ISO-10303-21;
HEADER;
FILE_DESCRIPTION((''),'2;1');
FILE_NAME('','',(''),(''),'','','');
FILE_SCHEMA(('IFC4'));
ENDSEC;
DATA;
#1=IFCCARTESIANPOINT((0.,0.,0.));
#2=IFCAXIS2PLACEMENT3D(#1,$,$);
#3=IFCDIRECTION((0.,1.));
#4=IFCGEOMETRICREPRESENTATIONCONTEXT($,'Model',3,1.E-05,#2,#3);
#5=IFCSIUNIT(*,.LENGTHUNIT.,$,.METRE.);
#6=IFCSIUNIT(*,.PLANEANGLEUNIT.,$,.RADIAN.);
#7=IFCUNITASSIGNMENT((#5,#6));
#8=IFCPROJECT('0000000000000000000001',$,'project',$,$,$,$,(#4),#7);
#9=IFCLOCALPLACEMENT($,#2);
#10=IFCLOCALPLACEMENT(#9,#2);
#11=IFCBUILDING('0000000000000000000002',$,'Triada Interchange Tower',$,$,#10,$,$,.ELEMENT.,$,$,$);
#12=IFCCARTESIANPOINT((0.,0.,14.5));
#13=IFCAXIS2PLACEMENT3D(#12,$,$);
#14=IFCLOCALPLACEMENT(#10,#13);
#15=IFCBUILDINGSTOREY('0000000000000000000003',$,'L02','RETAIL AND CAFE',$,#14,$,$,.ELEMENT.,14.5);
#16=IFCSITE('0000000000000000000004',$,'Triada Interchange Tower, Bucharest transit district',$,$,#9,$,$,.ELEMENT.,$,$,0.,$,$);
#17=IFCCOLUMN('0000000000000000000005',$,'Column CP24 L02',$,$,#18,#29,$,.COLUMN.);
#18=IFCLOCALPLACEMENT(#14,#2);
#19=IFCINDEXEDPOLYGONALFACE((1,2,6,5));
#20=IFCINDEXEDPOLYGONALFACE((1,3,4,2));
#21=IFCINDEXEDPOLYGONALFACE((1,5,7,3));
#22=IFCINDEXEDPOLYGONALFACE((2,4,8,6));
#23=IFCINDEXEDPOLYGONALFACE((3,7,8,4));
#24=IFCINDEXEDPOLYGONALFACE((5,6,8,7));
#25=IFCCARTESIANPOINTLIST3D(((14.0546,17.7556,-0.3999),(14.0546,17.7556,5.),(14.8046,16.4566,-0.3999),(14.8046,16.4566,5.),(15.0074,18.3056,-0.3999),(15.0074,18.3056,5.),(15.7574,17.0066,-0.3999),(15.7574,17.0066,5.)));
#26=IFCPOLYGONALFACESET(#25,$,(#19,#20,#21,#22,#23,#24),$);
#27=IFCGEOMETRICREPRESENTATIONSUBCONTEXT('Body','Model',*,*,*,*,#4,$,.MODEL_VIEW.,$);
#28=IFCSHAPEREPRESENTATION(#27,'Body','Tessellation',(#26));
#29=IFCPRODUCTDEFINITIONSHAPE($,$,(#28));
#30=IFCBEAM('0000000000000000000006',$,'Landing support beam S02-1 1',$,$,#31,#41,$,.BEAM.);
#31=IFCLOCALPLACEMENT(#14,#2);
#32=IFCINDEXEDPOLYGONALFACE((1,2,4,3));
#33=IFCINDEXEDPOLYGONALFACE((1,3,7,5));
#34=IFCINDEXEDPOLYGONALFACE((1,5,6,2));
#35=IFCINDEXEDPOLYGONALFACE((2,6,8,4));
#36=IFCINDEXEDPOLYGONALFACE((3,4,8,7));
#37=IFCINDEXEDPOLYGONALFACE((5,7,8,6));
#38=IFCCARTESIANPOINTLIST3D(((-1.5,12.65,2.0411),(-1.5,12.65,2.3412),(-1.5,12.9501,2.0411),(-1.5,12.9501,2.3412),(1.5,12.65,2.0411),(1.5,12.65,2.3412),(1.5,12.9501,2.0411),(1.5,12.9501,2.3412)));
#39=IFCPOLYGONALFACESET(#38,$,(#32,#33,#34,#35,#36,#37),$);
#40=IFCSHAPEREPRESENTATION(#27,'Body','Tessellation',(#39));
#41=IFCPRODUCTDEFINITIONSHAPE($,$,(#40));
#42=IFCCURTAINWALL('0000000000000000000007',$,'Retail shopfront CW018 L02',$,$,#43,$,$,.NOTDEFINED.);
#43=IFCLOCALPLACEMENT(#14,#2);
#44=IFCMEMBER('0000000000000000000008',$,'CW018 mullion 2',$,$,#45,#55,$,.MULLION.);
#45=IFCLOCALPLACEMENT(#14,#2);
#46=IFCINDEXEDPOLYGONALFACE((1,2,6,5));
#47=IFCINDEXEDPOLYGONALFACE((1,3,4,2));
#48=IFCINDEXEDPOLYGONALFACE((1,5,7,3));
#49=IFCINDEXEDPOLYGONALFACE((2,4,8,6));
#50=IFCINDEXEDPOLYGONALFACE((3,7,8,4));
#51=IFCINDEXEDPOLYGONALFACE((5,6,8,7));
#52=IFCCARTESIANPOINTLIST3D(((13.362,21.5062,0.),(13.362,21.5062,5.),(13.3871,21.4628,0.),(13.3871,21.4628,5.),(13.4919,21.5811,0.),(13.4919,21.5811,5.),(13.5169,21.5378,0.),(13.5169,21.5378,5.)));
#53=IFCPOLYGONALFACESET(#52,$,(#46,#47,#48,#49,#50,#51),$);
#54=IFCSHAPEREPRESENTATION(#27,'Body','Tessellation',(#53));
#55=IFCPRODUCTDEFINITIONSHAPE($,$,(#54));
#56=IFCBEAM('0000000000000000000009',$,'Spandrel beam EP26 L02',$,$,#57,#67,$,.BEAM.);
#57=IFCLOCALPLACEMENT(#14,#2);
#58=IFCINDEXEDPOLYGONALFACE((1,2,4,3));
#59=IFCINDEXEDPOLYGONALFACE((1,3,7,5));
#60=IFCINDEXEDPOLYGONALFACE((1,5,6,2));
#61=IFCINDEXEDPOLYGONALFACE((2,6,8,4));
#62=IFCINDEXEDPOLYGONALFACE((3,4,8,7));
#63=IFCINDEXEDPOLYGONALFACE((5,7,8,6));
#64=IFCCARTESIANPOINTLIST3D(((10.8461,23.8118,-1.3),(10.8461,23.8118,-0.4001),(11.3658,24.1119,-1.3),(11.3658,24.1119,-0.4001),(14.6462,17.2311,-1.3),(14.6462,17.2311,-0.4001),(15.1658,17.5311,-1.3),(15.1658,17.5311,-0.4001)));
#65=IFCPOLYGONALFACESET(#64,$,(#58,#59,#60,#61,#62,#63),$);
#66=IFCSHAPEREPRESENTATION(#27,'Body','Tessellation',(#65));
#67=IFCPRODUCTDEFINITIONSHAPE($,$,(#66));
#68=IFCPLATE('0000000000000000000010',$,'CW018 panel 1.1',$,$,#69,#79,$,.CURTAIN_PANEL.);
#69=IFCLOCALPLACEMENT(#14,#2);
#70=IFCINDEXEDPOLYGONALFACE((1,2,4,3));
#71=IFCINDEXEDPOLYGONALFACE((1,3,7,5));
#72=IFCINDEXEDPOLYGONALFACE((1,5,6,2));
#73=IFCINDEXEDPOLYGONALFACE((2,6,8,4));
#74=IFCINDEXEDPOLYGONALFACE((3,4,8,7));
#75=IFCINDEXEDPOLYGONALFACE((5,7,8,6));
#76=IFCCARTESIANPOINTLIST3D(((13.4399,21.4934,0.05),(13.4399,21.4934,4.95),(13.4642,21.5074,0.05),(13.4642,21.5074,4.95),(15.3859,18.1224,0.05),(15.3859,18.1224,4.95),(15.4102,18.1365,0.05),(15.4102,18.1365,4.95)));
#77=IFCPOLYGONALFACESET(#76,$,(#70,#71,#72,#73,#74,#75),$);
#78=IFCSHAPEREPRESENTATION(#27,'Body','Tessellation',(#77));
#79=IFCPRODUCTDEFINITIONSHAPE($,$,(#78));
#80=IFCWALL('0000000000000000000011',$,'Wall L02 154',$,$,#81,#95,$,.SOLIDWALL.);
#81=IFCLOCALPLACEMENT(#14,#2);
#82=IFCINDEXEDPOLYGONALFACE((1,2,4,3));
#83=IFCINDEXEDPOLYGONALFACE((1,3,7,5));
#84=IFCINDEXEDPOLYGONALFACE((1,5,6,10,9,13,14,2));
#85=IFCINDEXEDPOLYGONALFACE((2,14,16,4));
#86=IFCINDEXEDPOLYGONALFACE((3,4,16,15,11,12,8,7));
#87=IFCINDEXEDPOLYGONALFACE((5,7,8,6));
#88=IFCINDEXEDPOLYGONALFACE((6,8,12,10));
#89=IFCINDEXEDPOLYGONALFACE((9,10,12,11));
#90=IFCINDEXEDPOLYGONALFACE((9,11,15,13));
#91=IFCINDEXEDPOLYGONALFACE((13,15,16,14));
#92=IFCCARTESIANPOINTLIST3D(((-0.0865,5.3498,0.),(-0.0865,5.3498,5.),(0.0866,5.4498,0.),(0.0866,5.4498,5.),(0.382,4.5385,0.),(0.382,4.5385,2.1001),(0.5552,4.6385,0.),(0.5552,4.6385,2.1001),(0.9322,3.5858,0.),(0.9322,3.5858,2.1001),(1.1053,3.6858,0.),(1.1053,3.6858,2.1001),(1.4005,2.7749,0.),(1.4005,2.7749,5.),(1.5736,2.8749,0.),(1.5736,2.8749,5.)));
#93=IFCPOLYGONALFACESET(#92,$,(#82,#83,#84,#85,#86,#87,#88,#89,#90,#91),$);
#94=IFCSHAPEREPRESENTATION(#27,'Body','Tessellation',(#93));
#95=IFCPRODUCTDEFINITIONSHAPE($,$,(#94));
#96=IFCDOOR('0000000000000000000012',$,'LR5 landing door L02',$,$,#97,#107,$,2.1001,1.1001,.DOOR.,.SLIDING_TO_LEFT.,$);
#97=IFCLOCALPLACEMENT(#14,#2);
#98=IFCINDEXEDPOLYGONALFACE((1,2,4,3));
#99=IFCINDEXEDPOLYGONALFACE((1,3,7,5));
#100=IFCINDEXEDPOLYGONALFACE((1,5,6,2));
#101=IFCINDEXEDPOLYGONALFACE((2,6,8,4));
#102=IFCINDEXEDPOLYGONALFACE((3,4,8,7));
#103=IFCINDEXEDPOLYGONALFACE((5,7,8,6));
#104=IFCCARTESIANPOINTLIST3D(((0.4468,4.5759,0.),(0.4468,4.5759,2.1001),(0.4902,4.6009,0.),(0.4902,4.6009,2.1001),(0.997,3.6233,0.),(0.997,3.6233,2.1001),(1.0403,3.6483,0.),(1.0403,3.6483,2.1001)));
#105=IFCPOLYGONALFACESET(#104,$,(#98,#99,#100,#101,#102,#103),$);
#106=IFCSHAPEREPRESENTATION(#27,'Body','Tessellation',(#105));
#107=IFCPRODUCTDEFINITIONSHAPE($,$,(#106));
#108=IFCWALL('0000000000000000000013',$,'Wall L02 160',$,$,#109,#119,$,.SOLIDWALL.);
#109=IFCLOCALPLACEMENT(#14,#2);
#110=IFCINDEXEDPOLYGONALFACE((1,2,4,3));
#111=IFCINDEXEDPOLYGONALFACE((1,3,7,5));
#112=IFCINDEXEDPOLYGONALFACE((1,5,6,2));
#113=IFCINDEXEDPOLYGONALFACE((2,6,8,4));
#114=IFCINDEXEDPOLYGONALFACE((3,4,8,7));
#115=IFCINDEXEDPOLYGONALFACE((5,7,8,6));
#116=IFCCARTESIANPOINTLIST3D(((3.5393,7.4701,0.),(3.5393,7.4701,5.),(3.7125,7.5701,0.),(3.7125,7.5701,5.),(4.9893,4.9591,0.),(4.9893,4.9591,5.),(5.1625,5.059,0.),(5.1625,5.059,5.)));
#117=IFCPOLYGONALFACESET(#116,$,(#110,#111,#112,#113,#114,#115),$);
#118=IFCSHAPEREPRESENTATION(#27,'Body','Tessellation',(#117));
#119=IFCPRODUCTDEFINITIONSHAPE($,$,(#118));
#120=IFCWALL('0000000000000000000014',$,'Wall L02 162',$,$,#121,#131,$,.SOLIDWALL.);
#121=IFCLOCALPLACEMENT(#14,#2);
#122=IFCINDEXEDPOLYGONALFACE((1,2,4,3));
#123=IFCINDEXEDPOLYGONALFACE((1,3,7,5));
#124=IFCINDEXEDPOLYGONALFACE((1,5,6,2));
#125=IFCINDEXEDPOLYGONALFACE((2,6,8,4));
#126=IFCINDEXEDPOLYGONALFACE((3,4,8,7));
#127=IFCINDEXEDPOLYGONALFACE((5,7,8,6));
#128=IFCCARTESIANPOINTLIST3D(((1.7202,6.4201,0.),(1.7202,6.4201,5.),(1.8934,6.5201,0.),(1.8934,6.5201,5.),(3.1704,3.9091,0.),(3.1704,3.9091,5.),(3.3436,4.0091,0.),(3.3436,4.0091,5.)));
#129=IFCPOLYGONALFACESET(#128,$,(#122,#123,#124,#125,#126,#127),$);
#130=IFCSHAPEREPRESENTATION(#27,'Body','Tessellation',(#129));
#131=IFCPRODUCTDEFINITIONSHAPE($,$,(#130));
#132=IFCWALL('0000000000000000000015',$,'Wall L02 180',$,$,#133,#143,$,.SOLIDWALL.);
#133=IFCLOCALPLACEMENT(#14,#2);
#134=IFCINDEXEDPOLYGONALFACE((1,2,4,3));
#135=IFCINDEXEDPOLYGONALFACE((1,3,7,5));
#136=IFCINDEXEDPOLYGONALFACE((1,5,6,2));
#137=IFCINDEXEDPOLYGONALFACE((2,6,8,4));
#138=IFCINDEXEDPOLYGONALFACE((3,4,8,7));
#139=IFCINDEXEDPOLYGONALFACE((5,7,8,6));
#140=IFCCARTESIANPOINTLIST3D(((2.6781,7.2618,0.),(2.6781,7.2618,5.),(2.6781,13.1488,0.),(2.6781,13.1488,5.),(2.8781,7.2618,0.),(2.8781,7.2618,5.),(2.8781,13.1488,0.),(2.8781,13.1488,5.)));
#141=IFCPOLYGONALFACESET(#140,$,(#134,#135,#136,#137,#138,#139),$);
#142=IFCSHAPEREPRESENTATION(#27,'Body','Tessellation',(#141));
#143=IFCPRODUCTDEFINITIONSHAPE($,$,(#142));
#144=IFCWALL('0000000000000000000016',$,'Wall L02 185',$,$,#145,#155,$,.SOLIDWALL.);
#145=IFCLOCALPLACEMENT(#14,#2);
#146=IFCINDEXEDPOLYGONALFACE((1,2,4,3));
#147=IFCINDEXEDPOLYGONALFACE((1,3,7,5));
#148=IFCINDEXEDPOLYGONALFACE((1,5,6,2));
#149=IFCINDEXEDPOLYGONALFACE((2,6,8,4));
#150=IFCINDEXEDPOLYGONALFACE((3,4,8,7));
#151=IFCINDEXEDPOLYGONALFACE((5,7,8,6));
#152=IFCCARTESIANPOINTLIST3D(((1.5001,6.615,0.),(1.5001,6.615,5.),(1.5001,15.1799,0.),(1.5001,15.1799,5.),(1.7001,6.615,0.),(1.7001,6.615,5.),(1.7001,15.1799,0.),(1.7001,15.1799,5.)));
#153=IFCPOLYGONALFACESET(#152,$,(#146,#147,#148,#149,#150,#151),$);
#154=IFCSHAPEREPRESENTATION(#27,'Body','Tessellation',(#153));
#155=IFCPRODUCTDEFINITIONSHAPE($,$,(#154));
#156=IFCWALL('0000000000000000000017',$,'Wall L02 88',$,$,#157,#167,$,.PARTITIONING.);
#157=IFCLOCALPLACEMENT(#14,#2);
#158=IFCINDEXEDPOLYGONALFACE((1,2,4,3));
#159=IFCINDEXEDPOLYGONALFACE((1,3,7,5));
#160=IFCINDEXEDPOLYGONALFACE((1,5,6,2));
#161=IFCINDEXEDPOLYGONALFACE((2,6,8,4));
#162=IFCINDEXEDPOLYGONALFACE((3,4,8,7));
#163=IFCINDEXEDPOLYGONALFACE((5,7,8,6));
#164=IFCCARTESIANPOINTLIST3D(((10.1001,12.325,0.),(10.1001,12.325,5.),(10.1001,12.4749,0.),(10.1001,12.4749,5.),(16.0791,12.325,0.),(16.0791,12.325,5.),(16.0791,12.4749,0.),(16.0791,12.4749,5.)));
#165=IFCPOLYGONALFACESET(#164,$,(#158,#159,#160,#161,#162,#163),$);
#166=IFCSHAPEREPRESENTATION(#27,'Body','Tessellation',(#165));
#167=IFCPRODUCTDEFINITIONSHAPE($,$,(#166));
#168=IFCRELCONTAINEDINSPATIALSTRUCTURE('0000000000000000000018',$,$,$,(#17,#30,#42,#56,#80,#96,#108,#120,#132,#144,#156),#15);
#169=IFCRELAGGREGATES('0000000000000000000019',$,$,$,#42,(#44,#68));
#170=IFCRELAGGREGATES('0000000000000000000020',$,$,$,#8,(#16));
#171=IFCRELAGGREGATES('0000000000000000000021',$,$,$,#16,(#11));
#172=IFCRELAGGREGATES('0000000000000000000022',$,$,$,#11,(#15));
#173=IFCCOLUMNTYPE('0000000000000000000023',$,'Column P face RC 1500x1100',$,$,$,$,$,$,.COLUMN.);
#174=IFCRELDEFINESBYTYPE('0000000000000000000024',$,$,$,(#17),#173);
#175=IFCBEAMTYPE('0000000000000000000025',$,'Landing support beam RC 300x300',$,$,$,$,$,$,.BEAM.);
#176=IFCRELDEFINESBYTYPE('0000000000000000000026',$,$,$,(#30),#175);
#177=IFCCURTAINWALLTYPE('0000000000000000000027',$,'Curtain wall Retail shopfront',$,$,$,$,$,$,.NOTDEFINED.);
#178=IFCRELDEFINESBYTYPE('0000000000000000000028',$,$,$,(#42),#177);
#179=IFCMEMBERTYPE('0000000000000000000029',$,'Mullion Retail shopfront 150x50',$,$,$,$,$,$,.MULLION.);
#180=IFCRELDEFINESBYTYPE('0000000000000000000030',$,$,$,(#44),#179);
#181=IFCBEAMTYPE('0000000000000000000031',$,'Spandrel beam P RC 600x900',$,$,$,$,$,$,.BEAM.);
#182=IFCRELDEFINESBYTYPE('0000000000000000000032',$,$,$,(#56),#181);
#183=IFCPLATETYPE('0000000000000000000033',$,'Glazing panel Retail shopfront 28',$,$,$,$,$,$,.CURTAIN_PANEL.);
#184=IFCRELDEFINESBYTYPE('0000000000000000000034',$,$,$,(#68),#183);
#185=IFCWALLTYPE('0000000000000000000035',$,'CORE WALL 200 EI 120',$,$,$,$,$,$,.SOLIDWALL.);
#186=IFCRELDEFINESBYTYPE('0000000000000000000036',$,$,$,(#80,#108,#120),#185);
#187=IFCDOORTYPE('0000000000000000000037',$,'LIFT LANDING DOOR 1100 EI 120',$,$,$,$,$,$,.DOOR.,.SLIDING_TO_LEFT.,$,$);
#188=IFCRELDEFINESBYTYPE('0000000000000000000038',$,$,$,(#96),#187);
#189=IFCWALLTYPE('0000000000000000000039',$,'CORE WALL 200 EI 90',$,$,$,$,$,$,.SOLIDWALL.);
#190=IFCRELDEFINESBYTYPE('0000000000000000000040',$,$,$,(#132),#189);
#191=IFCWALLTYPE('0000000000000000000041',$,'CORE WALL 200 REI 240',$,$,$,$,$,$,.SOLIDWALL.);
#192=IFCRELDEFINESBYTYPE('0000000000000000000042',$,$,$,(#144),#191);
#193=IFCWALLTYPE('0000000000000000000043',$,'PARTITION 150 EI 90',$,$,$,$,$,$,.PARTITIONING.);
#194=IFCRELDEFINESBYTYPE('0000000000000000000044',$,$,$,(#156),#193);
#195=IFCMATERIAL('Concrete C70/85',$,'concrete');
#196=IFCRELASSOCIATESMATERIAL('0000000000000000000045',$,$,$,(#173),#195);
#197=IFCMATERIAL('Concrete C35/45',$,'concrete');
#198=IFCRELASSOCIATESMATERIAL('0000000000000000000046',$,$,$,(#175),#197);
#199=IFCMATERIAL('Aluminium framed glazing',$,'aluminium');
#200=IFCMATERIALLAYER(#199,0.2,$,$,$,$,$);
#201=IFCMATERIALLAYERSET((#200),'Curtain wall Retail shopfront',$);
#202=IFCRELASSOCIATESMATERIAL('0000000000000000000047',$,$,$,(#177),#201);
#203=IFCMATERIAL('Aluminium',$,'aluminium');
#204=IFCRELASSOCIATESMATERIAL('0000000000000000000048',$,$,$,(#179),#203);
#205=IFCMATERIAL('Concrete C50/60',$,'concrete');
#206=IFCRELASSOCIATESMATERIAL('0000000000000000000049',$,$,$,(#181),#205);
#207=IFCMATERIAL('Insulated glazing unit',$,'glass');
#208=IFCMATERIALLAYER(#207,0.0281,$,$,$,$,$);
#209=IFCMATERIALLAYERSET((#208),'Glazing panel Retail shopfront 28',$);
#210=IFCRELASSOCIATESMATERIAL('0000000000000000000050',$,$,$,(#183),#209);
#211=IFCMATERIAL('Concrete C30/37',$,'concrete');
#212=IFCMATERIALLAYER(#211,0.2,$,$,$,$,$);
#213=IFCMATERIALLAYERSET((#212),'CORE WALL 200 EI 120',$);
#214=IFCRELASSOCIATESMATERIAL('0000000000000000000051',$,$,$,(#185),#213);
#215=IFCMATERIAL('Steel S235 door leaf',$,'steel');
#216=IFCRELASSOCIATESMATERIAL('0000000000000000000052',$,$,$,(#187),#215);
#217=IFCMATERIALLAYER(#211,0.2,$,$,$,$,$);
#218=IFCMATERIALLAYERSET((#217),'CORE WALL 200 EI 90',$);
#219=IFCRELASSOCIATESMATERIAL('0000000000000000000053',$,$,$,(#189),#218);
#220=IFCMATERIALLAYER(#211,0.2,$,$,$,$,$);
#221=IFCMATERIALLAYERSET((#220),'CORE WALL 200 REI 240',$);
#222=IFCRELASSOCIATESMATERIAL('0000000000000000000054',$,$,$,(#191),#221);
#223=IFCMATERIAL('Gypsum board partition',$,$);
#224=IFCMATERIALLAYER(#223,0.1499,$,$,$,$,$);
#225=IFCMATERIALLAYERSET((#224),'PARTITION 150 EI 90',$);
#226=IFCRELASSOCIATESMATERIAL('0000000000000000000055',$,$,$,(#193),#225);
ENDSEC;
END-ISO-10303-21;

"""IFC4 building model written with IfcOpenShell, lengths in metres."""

from ifc_helpers import new_model, si_unit, direction, frame, frame_2d, origin, origin_2d, place, context, subcontext, project, spatial, rectangle, extrude, material, layer, layer_set, material_profile, profile_set, type_object, element, fill, aggregate, save


model = new_model("IFC4")

# Units and contexts
model_context = context("Model", 3, precision=1e-05, world=origin(), true_north=direction((0.0, 1.0)))
body_context = subcontext(model_context, "Body", "Model", "MODEL_VIEW")
ifc_project = project(units=[si_unit("LENGTHUNIT", "METRE"), si_unit("PLANEANGLEUNIT", "RADIAN")], contexts=[model_context])

# Site, building, storey
site_placement = place(None, origin())
site = spatial("IfcSite", under=ifc_project, at=site_placement, Name="Triada Interchange Tower, Bucharest transit district", CompositionType="ELEMENT", RefElevation=0.0)
building_placement = place(site_placement, origin())
building = spatial("IfcBuilding", under=site, at=building_placement, Name="Triada Interchange Tower", CompositionType="ELEMENT")
storey_placement = place(building_placement, frame((0.0, 0.0, 14.5)))
storey = spatial("IfcBuildingStorey", under=building, at=storey_placement, Name="L02", Description="RETAIL AND CAFE", CompositionType="ELEMENT", Elevation=14.5)

# Column
ifc_material_1 = material(Name="Concrete C70/85", Category="concrete")
ifc_material_profile_1 = material_profile(ifc_material_1, rectangle(XDim=1.5, YDim=1.1001, at=origin_2d()), Name="RC 1500x1100")
ifc_profile_set_1 = profile_set([ifc_material_profile_1], Name="Concrete C70/85")
column_type = type_object("IfcColumnType", Name="Column P face RC 1500x1100", PredefinedType="COLUMN", material=ifc_profile_set_1)
column_placement = place(storey_placement, frame((14.906, 17.3811, -0.3999), z_axis=(0.0, 0.0, 1.0), x_axis=(-0.5, 0.866025, 0.0)))
element("IfcColumn", 1, at=column_placement, inside=storey, type_object=column_type, Name="Column CP24 L02", PredefinedType="COLUMN", context=body_context, shape_type="SweptSolid", body=[
    extrude(rectangle(XDim=1.5, YDim=1.1001, at=origin_2d()), origin(), (0.0, 0.0, 1.0), 5.3999),
])

# Beam
ifc_material_2 = material(Name="Concrete C35/45", Category="concrete")
ifc_material_profile_2 = material_profile(ifc_material_2, rectangle(XDim=0.3, YDim=0.3, at=origin_2d()), Name="RC 300x300")
ifc_profile_set_2 = profile_set([ifc_material_profile_2], Name="Concrete C35/45")
beam_type_1 = type_object("IfcBeamType", Name="Landing support beam RC 300x300", PredefinedType="BEAM", material=ifc_profile_set_2)
beam_1_placement = place(storey_placement, frame((1.5, 12.8, 2.1912), z_axis=(-1.0, 0.0, 0.0), x_axis=(0.0, -1.0, 0.0)))
element("IfcBeam", 2, at=beam_1_placement, inside=storey, type_object=beam_type_1, Name="Landing support beam S02-1 1", PredefinedType="BEAM", context=body_context, shape_type="SweptSolid", body=[
    extrude(rectangle(XDim=0.3, YDim=0.3, at=origin_2d()), origin(), (0.0, 0.0, 1.0), 3.0),
])

# Curtain wall, member
ifc_material_3 = material(Name="Aluminium framed glazing", Category="aluminium")
ifc_layer_1 = layer(ifc_material_3, 0.2)
ifc_layer_set_1 = layer_set([ifc_layer_1], Name="Curtain wall Retail shopfront")
curtain_wall_type = type_object("IfcCurtainWallType", Name="Curtain wall Retail shopfront", PredefinedType="NOTDEFINED", material=ifc_layer_set_1)
curtain_wall_placement = place(storey_placement, origin())
curtain_wall = element("IfcCurtainWall", 3, at=curtain_wall_placement, inside=storey, type_object=curtain_wall_type, Name="Retail shopfront CW018 L02", PredefinedType="NOTDEFINED")
ifc_material_4 = material(Name="Aluminium", Category="aluminium")
ifc_material_profile_3 = material_profile(ifc_material_4, rectangle(XDim=0.1499, YDim=0.05, at=origin_2d()), Name="Aluminium mullion")
ifc_profile_set_3 = profile_set([ifc_material_profile_3], Name="Aluminium")
member_type = type_object("IfcMemberType", Name="Mullion Retail shopfront 150x50", PredefinedType="MULLION", material=ifc_profile_set_3)
member_placement = place(storey_placement, frame((13.4395, 21.522, 0.0), z_axis=(0.0, 0.0, 1.0), x_axis=(-0.866055, -0.499948, 0.0)))
member = element("IfcMember", 4, at=member_placement, type_object=member_type, Name="CW018 mullion 2", PredefinedType="MULLION", context=body_context, shape_type="SweptSolid", body=[
    extrude(rectangle(XDim=0.1499, YDim=0.05, at=origin_2d()), origin(), (0.0, 0.0, 1.0), 5.0),
])

# Beam
ifc_material_5 = material(Name="Concrete C50/60", Category="concrete")
ifc_material_profile_4 = material_profile(ifc_material_5, rectangle(XDim=0.6001, YDim=0.8999, at=origin_2d()), Name="RC 600x900")
ifc_profile_set_4 = profile_set([ifc_material_profile_4], Name="Concrete C50/60")
beam_type_2 = type_object("IfcBeamType", Name="Spandrel beam P RC 600x900", PredefinedType="BEAM", material=ifc_profile_set_4)
beam_2_placement = place(storey_placement, frame((14.906, 17.3811, -0.8501), z_axis=(-0.500061, 0.86599, 0.0), x_axis=(-0.86599, -0.500061, 0.0)))
element("IfcBeam", 5, at=beam_2_placement, inside=storey, type_object=beam_type_2, Name="Spandrel beam EP26 L02", PredefinedType="BEAM", context=body_context, shape_type="SweptSolid", body=[
    extrude(rectangle(XDim=0.6001, YDim=0.8999, at=origin_2d()), origin(), (0.0, 0.0, 1.0), 7.5991),
])

# Plate
ifc_material_6 = material(Name="Insulated glazing unit", Category="glass")
ifc_layer_2 = layer(ifc_material_6, 0.0281)
ifc_layer_set_2 = layer_set([ifc_layer_2], Name="Glazing panel Retail shopfront 28")
plate_type = type_object("IfcPlateType", Name="Glazing panel Retail shopfront 28", PredefinedType="CURTAIN_PANEL", material=ifc_layer_set_2)
plate_placement = place(storey_placement, frame((14.425, 19.8149, 0.05), z_axis=(0.0, 0.0, 1.0), x_axis=(-0.499948, 0.866055, 0.0)))
plate = element("IfcPlate", 6, at=plate_placement, type_object=plate_type, Name="CW018 panel 1.1", PredefinedType="CURTAIN_PANEL", context=body_context, shape_type="SweptSolid", body=[
    extrude(rectangle(XDim=3.8923, YDim=0.0281, at=origin_2d()), origin(), (0.0, 0.0, 1.0), 4.8999),
])
aggregate(curtain_wall, [member, plate])

# Wall, opening, door
ifc_material_7 = material(Name="Concrete C30/37", Category="concrete")
ifc_layer_3 = layer(ifc_material_7, 0.2)
ifc_layer_set_3 = layer_set([ifc_layer_3], Name="CORE WALL 200 EI 120")
wall_type_1 = type_object("IfcWallType", Name="CORE WALL 200 EI 120", PredefinedType="SOLIDWALL", material=ifc_layer_set_3)
wall_1_placement = place(storey_placement, frame((0.0, 5.3999, 0.0), z_axis=(0.0, 0.0, 1.0), x_axis=(0.500104, -0.865965, 0.0)))
wall_1 = element("IfcWall", 7, at=wall_1_placement, inside=storey, type_object=wall_type_1, Name="Wall L02 154", PredefinedType="SOLIDWALL", context=body_context, shape_type="SweptSolid", body=[
    extrude(rectangle(XDim=2.9734, YDim=0.2, at=frame_2d((1.4868, 0.0))), origin(), (0.0, 0.0, 1.0), 5.0),
])
opening_1_placement = place(wall_1_placement, frame((0.937, 0.0, 0.0)))
opening_1 = element("IfcOpeningElement", 8, at=opening_1_placement, cuts=wall_1, PredefinedType="OPENING", context=body_context, shape_type="SweptSolid", body=[
    extrude(rectangle(XDim=1.1001, YDim=2.1001, at=frame_2d((0.55, 1.05))), frame((0.0, 0.1099, 0.0), z_axis=(0.0, -1.0, 0.0), x_axis=(1.0, 0.0, 0.0)), (0.0, 0.0, 1.0), 0.22),
])
ifc_material_8 = material(Name="Steel S235 door leaf", Category="steel")
door_type_1 = type_object("IfcDoorType", Name="LIFT LANDING DOOR 1100 EI 120", OperationType="SLIDING_TO_LEFT", PredefinedType="DOOR", material=ifc_material_8)
door_1_placement = place(opening_1_placement, origin())
door_1 = element("IfcDoor", 9, at=door_1_placement, inside=storey, type_object=door_type_1, Name="LR5 landing door L02", OperationType="SLIDING_TO_LEFT", OverallHeight=2.1001, OverallWidth=1.1001, PredefinedType="DOOR", context=body_context, shape_type="SweptSolid", body=[
    extrude(rectangle(XDim=1.1001, YDim=2.1001, at=frame_2d((0.55, 1.05))), frame((0.0, 0.0249, 0.0), z_axis=(0.0, -1.0, 0.0), x_axis=(1.0, 0.0, 0.0)), (0.0, 0.0, 1.0), 0.05),
])
fill(opening_1, door_1)

# Walls
for number, where, z_axis, x_axis, name in (
    (10, (3.626, 7.52, 0.0), (0.0, 0.0, 1.0), (0.50006, -0.865991, 0.0), "Wall L02 160"),
    (11, (1.8069, 6.47, 0.0), (0.0, 0.0, 1.0), (0.500123, -0.865954, 0.0), "Wall L02 162"),
):
    element("IfcWall", number, at=place(storey_placement, frame(where, z_axis=z_axis, x_axis=x_axis)), inside=storey, type_object=wall_type_1, Name=name, PredefinedType="SOLIDWALL", context=body_context, shape_type="SweptSolid", body=[
        extrude(rectangle(XDim=2.8997, YDim=0.2, at=frame_2d((1.4497, 0.0))), origin(), (0.0, 0.0, 1.0), 5.0),
    ])
ifc_layer_4 = layer(ifc_material_7, 0.2)
ifc_layer_set_4 = layer_set([ifc_layer_4], Name="CORE WALL 200 EI 90")
wall_type_2 = type_object("IfcWallType", Name="CORE WALL 200 EI 90", PredefinedType="SOLIDWALL", material=ifc_layer_set_4)
wall_2_placement = place(storey_placement, frame((2.7781, 7.262, 0.0), z_axis=(0.0, 0.0, 1.0), x_axis=(0.0, 1.0, 0.0)))
element("IfcWall", 12, at=wall_2_placement, inside=storey, type_object=wall_type_2, Name="Wall L02 180", PredefinedType="SOLIDWALL", context=body_context, shape_type="SweptSolid", body=[
    extrude(rectangle(XDim=5.887, YDim=0.2, at=frame_2d((2.9434, 0.0))), origin(), (0.0, 0.0, 1.0), 5.0),
])
ifc_layer_5 = layer(ifc_material_7, 0.2)
ifc_layer_set_5 = layer_set([ifc_layer_5], Name="CORE WALL 200 REI 240")
wall_type_3 = type_object("IfcWallType", Name="CORE WALL 200 REI 240", PredefinedType="SOLIDWALL", material=ifc_layer_set_5)
wall_3_placement = place(storey_placement, frame((1.6001, 6.615, 0.0), z_axis=(0.0, 0.0, 1.0), x_axis=(0.0, 1.0, 0.0)))
element("IfcWall", 13, at=wall_3_placement, inside=storey, type_object=wall_type_3, Name="Wall L02 185", PredefinedType="SOLIDWALL", context=body_context, shape_type="SweptSolid", body=[
    extrude(rectangle(XDim=8.5649, YDim=0.2, at=frame_2d((4.2825, 0.0))), origin(), (0.0, 0.0, 1.0), 5.0),
])

# Wall
ifc_material_9 = material(Name="Gypsum board partition")
ifc_layer_6 = layer(ifc_material_9, 0.1499)
ifc_layer_set_6 = layer_set([ifc_layer_6], Name="PARTITION 150 EI 90")
wall_type_4 = type_object("IfcWallType", Name="PARTITION 150 EI 90", PredefinedType="PARTITIONING", material=ifc_layer_set_6)
wall_4_placement = place(storey_placement, frame((10.1001, 12.3999, 0.0), z_axis=(0.0, 0.0, 1.0), x_axis=(1.0, 0.0, 0.0)))
element("IfcWall", 14, at=wall_4_placement, inside=storey, type_object=wall_type_4, Name="Wall L02 88", PredefinedType="PARTITIONING", context=body_context, shape_type="SweptSolid", body=[
    extrude(rectangle(XDim=5.979, YDim=0.1499, at=frame_2d((2.9895, 0.0))), origin(), (0.0, 0.0, 1.0), 5.0),
])

save(model, "model.ifc")
